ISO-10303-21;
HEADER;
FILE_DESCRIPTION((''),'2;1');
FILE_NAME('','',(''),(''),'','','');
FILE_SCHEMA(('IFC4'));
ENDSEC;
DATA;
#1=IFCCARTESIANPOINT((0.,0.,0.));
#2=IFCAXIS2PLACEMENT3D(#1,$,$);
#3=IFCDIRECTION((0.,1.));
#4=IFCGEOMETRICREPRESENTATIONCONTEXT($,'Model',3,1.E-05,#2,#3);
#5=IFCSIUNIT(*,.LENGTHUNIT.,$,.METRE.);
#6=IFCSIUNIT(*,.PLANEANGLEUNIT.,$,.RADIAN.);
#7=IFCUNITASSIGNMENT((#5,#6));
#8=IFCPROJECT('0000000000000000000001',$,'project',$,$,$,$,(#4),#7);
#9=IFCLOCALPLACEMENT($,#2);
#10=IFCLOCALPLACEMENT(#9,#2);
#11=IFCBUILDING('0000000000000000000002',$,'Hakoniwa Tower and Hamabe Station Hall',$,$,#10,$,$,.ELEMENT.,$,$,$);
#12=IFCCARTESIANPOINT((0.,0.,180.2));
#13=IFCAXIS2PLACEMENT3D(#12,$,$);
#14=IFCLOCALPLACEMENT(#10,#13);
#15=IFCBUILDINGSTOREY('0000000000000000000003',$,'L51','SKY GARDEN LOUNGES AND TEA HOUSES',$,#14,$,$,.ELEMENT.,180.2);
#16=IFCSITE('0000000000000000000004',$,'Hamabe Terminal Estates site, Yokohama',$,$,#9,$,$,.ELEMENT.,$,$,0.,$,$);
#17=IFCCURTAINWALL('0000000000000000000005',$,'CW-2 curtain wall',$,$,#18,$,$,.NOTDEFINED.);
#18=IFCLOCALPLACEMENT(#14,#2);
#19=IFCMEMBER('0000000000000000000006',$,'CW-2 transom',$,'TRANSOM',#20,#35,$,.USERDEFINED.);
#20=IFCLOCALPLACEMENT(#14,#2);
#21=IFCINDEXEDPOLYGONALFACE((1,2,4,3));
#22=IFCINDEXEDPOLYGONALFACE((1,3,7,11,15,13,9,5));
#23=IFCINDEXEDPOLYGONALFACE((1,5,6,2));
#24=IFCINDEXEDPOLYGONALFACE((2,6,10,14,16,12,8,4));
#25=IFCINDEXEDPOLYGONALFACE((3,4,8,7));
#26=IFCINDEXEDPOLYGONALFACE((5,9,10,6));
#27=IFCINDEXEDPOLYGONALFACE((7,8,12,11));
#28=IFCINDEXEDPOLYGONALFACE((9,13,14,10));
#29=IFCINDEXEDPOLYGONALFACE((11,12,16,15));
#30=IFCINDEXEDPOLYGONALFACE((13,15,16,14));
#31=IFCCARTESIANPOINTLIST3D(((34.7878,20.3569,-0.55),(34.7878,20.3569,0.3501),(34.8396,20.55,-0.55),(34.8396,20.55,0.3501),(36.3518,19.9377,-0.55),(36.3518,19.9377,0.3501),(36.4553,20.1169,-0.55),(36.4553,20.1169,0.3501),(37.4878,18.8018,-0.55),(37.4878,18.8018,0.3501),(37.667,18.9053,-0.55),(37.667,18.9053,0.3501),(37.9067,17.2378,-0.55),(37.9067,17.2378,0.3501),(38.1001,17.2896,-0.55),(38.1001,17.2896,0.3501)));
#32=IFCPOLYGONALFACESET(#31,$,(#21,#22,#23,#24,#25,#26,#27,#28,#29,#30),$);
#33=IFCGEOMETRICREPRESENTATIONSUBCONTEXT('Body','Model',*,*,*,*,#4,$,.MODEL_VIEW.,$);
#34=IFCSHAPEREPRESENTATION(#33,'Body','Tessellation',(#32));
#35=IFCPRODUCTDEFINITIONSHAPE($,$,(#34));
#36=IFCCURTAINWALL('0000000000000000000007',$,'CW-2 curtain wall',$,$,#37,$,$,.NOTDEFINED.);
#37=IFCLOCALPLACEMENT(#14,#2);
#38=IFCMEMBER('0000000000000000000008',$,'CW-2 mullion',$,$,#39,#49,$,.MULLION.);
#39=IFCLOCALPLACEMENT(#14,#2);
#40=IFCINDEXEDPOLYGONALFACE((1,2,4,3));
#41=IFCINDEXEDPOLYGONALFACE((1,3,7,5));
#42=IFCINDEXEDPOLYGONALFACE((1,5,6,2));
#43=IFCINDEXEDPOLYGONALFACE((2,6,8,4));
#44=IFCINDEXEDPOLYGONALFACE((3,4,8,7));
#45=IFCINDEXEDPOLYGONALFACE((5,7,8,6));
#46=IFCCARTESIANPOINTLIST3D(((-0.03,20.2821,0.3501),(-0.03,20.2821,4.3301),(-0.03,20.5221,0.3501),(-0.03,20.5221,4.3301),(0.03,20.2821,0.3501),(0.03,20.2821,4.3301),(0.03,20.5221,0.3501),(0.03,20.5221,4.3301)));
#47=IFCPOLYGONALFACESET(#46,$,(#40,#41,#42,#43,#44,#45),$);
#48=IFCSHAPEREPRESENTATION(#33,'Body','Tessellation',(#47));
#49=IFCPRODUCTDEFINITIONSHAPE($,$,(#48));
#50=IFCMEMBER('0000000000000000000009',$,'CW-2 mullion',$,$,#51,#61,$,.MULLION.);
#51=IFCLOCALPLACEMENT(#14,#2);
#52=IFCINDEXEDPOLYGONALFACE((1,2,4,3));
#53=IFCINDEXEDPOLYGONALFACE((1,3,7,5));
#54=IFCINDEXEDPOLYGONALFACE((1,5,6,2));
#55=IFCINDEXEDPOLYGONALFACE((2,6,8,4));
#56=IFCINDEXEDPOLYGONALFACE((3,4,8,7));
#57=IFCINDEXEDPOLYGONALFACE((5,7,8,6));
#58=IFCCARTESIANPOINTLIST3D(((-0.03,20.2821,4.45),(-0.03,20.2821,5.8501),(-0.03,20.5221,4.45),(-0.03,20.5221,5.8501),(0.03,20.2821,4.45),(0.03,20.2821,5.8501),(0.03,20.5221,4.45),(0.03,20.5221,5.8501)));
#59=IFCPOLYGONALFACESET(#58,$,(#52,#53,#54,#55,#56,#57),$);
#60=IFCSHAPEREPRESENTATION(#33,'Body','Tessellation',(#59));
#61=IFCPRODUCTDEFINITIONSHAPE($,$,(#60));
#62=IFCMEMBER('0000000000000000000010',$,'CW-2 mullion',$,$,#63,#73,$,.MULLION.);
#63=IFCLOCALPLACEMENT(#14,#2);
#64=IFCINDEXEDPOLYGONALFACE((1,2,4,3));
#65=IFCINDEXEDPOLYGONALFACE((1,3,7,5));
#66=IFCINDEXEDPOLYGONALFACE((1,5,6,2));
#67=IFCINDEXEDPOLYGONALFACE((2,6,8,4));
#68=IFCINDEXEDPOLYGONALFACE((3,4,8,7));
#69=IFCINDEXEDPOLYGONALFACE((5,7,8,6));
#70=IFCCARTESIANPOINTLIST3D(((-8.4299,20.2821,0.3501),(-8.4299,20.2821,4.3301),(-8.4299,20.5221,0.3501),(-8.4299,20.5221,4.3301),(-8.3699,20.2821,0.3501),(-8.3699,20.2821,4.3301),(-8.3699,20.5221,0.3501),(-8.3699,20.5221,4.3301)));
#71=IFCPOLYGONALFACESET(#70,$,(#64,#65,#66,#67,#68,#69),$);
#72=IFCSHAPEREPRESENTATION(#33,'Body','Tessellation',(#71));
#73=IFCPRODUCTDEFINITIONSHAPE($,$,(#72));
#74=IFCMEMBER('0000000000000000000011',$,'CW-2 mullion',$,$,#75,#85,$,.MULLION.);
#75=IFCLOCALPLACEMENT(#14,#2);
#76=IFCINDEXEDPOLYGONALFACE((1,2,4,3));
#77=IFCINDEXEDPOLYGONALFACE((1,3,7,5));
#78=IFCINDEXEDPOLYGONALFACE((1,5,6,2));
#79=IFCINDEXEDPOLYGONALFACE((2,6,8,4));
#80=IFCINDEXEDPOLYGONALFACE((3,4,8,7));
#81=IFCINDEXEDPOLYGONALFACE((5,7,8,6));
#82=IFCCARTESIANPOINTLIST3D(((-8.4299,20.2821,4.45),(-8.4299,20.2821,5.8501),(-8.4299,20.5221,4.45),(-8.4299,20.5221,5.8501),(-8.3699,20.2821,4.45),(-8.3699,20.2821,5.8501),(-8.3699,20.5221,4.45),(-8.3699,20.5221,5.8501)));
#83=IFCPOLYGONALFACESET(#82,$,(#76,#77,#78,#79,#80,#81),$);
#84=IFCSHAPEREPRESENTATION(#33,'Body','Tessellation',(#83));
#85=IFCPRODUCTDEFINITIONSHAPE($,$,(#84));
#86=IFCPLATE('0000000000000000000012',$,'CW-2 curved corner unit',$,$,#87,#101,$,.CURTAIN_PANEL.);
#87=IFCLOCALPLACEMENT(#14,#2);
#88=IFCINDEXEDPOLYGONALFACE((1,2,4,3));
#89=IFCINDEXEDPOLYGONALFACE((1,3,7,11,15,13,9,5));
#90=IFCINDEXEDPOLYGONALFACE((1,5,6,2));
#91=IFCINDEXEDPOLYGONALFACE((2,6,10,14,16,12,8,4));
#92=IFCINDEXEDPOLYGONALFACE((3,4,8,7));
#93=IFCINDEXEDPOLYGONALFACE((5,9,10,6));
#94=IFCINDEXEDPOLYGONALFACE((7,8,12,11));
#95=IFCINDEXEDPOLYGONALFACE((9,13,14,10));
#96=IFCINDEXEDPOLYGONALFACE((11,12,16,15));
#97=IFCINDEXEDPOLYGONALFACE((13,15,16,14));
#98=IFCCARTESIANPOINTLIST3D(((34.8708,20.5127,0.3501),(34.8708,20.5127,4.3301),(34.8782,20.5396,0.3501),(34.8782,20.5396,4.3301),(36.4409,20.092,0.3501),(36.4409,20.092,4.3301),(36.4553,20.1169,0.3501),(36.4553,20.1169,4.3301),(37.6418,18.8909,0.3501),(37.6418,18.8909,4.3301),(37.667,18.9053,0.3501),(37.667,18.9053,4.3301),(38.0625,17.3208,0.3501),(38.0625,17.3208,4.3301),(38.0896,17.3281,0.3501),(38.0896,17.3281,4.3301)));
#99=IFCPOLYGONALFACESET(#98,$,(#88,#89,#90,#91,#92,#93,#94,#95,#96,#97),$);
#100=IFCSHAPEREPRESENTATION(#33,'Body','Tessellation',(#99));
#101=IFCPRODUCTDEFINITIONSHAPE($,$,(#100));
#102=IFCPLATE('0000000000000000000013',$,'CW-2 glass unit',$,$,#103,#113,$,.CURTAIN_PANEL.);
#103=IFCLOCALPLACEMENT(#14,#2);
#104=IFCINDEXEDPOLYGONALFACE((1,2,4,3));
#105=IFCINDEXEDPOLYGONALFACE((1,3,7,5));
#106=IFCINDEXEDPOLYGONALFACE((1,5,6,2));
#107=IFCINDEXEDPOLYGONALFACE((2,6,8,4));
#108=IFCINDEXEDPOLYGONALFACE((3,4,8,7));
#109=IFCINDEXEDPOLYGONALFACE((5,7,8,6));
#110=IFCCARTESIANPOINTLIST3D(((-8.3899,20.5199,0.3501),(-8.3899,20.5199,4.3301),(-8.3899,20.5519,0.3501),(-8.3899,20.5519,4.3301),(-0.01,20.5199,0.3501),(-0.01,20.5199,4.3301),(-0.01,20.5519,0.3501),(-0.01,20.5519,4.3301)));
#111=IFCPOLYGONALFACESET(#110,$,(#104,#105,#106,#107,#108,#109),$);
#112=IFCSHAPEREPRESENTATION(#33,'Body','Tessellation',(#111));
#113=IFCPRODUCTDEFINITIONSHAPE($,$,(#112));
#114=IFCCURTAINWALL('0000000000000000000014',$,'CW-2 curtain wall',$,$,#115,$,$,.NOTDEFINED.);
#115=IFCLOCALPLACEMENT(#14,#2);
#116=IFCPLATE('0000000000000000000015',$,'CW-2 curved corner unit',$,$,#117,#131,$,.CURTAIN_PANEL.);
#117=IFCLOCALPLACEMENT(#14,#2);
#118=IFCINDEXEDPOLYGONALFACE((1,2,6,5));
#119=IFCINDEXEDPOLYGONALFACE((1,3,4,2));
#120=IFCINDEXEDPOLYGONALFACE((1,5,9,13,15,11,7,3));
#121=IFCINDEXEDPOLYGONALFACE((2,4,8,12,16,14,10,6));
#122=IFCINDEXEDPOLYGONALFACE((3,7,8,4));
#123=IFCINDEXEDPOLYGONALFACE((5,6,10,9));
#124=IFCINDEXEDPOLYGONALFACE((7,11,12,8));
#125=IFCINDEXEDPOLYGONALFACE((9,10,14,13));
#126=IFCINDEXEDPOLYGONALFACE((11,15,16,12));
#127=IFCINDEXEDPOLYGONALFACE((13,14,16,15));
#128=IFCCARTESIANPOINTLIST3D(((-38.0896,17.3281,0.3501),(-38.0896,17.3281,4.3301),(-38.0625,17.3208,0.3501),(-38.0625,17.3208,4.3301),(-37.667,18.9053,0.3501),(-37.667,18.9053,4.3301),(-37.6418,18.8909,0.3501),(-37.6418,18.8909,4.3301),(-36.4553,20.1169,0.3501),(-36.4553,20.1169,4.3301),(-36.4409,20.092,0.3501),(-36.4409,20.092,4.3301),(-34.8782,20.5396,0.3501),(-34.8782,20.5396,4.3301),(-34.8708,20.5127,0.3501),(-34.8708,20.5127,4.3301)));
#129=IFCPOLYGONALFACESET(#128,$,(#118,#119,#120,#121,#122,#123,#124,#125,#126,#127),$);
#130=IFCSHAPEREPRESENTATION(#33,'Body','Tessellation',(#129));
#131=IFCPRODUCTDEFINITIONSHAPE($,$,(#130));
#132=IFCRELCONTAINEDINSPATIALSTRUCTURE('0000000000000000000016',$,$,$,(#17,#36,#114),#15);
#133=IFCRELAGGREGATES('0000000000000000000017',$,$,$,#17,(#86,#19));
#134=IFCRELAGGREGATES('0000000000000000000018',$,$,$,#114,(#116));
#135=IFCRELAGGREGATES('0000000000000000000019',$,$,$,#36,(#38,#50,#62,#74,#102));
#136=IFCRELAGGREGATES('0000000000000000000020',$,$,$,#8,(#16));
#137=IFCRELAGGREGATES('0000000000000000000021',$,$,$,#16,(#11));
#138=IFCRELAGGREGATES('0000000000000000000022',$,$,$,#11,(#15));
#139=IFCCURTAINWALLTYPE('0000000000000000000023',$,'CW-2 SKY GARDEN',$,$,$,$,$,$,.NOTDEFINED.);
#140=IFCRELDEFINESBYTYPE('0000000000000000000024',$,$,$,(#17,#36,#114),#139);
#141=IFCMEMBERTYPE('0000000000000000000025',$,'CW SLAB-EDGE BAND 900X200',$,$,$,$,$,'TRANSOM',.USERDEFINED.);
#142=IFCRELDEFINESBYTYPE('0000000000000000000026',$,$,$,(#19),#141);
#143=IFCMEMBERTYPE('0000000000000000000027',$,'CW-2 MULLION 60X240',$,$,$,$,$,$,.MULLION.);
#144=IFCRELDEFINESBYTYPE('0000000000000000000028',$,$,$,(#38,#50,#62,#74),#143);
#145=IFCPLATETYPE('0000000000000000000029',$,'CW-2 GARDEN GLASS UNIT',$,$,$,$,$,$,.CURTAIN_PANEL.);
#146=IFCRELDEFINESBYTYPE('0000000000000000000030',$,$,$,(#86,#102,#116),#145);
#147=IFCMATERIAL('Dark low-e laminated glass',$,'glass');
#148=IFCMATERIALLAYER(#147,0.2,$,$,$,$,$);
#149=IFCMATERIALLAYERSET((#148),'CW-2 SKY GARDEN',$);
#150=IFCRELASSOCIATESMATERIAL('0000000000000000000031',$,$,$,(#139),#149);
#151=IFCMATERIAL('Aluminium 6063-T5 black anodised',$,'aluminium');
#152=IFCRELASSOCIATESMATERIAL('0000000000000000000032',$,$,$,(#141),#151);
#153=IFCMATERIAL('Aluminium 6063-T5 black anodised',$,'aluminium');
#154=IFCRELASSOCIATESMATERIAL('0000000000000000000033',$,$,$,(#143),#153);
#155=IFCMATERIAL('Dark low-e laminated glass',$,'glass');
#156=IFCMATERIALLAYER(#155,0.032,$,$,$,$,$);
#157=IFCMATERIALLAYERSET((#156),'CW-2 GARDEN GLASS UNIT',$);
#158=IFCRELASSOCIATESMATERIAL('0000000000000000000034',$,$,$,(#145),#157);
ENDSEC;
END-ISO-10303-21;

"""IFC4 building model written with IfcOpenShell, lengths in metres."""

from ifc_helpers import new_model, si_unit, direction, frame, origin, origin_2d, place, context, subcontext, project, spatial, polyline, rectangle, outline, extrude, material, layer, layer_set, material_profile, profile_set, type_object, element, aggregate, save


model = new_model("IFC4")

# Units and contexts
model_context = context("Model", 3, precision=1e-05, world=origin(), true_north=direction((0.0, 1.0)))
body_context = subcontext(model_context, "Body", "Model", "MODEL_VIEW")
ifc_project = project(units=[si_unit("LENGTHUNIT", "METRE"), si_unit("PLANEANGLEUNIT", "RADIAN")], contexts=[model_context])

# Site, building, storey
site_placement = place(None, origin())
site = spatial("IfcSite", under=ifc_project, at=site_placement, Name="Hamabe Terminal Estates site, Yokohama", CompositionType="ELEMENT", RefElevation=0.0)
building_placement = place(site_placement, origin())
building = spatial("IfcBuilding", under=site, at=building_placement, Name="Hakoniwa Tower and Hamabe Station Hall", CompositionType="ELEMENT")
storey_placement = place(building_placement, frame((0.0, 0.0, 180.2)))
storey = spatial("IfcBuildingStorey", under=building, at=storey_placement, Name="L51", Description="SKY GARDEN LOUNGES AND TEA HOUSES", CompositionType="ELEMENT", Elevation=180.2)

# Curtain walls, members
ifc_material_1 = material(Name="Dark low-e laminated glass", Category="glass")
ifc_layer_1 = layer(ifc_material_1, 0.2)
ifc_layer_set_1 = layer_set([ifc_layer_1], Name="CW-2 SKY GARDEN")
curtain_wall_type = type_object("IfcCurtainWallType", Name="CW-2 SKY GARDEN", PredefinedType="NOTDEFINED", material=ifc_layer_set_1)
curtain_wall_1_placement = place(storey_placement, origin())
curtain_wall_1 = element("IfcCurtainWall", 1, at=curtain_wall_1_placement, inside=storey, type_object=curtain_wall_type, Name="CW-2 curtain wall", PredefinedType="NOTDEFINED")
ifc_material_2 = material(Name="Aluminium 6063-T5 black anodised", Category="aluminium")
ifc_material_profile_1 = material_profile(ifc_material_2, rectangle(XDim=0.2, YDim=0.8999, at=origin_2d()), Name="CW SLAB-EDGE BAND 900X200")
ifc_profile_set_1 = profile_set([ifc_material_profile_1], Name="Aluminium 6063-T5 black anodised")
member_type_1 = type_object("IfcMemberType", Name="CW SLAB-EDGE BAND 900X200", ElementType="TRANSOM", PredefinedType="USERDEFINED", material=ifc_profile_set_1)
member_1_placement = place(storey_placement, frame((0.0, 0.0, -0.55)))
member_1 = element("IfcMember", 2, at=member_1_placement, type_object=member_type_1, Name="CW-2 transom", ObjectType="TRANSOM", PredefinedType="USERDEFINED", context=body_context, shape_type="SweptSolid", body=[
    extrude(outline(polyline([(38.1001, 17.2896), (37.667, 18.9053), (36.4553, 20.1169), (34.8396, 20.55), (34.7878, 20.3569), (36.3518, 19.9377), (37.4878, 18.8018), (37.9067, 17.2378), (38.1001, 17.2896)])), origin(), (0.0, 0.0, 1.0), 0.9001),
])
curtain_wall_2_placement = place(storey_placement, origin())
curtain_wall_2 = element("IfcCurtainWall", 3, at=curtain_wall_2_placement, inside=storey, type_object=curtain_wall_type, Name="CW-2 curtain wall", PredefinedType="NOTDEFINED")
ifc_material_3 = material(Name="Aluminium 6063-T5 black anodised", Category="aluminium")
ifc_material_profile_2 = material_profile(ifc_material_3, rectangle(XDim=0.0601, YDim=0.24, at=origin_2d()), Name="CW-2 MULLION 60X240")
ifc_profile_set_2 = profile_set([ifc_material_profile_2], Name="Aluminium 6063-T5 black anodised")
member_type_2 = type_object("IfcMemberType", Name="CW-2 MULLION 60X240", PredefinedType="MULLION", material=ifc_profile_set_2)
member_2_placement = place(storey_placement, frame((0.0, 20.4021, 0.3501), z_axis=(0.0, 0.0, 1.0), x_axis=(-1.0, 0.0, 0.0)))
member_2 = element("IfcMember", 4, at=member_2_placement, type_object=member_type_2, Name="CW-2 mullion", PredefinedType="MULLION", context=body_context, shape_type="SweptSolid", body=[
    extrude(rectangle(XDim=0.0601, YDim=0.24, at=origin_2d()), origin(), (0.0, 0.0, 1.0), 3.98),
])
member_3_placement = place(storey_placement, frame((0.0, 20.4021, 4.45), z_axis=(0.0, 0.0, 1.0), x_axis=(-1.0, 0.0, 0.0)))
member_3 = element("IfcMember", 5, at=member_3_placement, type_object=member_type_2, Name="CW-2 mullion", PredefinedType="MULLION", context=body_context, shape_type="SweptSolid", body=[
    extrude(rectangle(XDim=0.0601, YDim=0.24, at=origin_2d()), origin(), (0.0, 0.0, 1.0), 1.4001),
])
member_4_placement = place(storey_placement, frame((-8.3999, 20.4021, 0.3501), z_axis=(0.0, 0.0, 1.0), x_axis=(-1.0, 0.0, 0.0)))
member_4 = element("IfcMember", 6, at=member_4_placement, type_object=member_type_2, Name="CW-2 mullion", PredefinedType="MULLION", context=body_context, shape_type="SweptSolid", body=[
    extrude(rectangle(XDim=0.0601, YDim=0.24, at=origin_2d()), origin(), (0.0, 0.0, 1.0), 3.98),
])
member_5_placement = place(storey_placement, frame((-8.3999, 20.4021, 4.45), z_axis=(0.0, 0.0, 1.0), x_axis=(-1.0, 0.0, 0.0)))
member_5 = element("IfcMember", 7, at=member_5_placement, type_object=member_type_2, Name="CW-2 mullion", PredefinedType="MULLION", context=body_context, shape_type="SweptSolid", body=[
    extrude(rectangle(XDim=0.0601, YDim=0.24, at=origin_2d()), origin(), (0.0, 0.0, 1.0), 1.4001),
])

# Plates
ifc_material_4 = material(Name="Dark low-e laminated glass", Category="glass")
ifc_layer_2 = layer(ifc_material_4, 0.032)
ifc_layer_set_2 = layer_set([ifc_layer_2], Name="CW-2 GARDEN GLASS UNIT")
plate_type = type_object("IfcPlateType", Name="CW-2 GARDEN GLASS UNIT", PredefinedType="CURTAIN_PANEL", material=ifc_layer_set_2)
plate_1_placement = place(storey_placement, frame((0.0, 0.0, 0.3501)))
plate_1 = element("IfcPlate", 8, at=plate_1_placement, type_object=plate_type, Name="CW-2 curved corner unit", PredefinedType="CURTAIN_PANEL", context=body_context, shape_type="SweptSolid", body=[
    extrude(outline(polyline([(38.0896, 17.3281), (37.667, 18.9053), (36.4553, 20.1169), (34.8782, 20.5396), (34.8708, 20.5127), (36.4409, 20.092), (37.6418, 18.8909), (38.0625, 17.3208), (38.0896, 17.3281)])), origin(), (0.0, 0.0, 1.0), 3.98),
])
aggregate(curtain_wall_1, [plate_1, member_1])
plate_2_placement = place(storey_placement, frame((-4.2, 20.5359, 0.3501), z_axis=(0.0, 0.0, 1.0), x_axis=(-1.0, 0.0, 0.0)))
plate_2 = element("IfcPlate", 9, at=plate_2_placement, type_object=plate_type, Name="CW-2 glass unit", PredefinedType="CURTAIN_PANEL", context=body_context, shape_type="SweptSolid", body=[
    extrude(rectangle(XDim=8.3799, YDim=0.032, at=origin_2d()), origin(), (0.0, 0.0, 1.0), 3.98),
])

# Curtain wall, plate
curtain_wall_3_placement = place(storey_placement, origin())
curtain_wall_3 = element("IfcCurtainWall", 10, at=curtain_wall_3_placement, inside=storey, type_object=curtain_wall_type, Name="CW-2 curtain wall", PredefinedType="NOTDEFINED")
plate_3_placement = place(storey_placement, frame((0.0, 0.0, 0.3501)))
plate_3 = element("IfcPlate", 11, at=plate_3_placement, type_object=plate_type, Name="CW-2 curved corner unit", PredefinedType="CURTAIN_PANEL", context=body_context, shape_type="SweptSolid", body=[
    extrude(outline(polyline([(-34.8782, 20.5396), (-36.4553, 20.1169), (-37.667, 18.9053), (-38.0896, 17.3281), (-38.0625, 17.3208), (-37.6418, 18.8909), (-36.4409, 20.092), (-34.8708, 20.5127), (-34.8782, 20.5396)])), origin(), (0.0, 0.0, 1.0), 3.98),
])
aggregate(curtain_wall_3, [plate_3])

aggregate(curtain_wall_2, [member_2, member_3, member_4, member_5, plate_2])

save(model, "model.ifc")
